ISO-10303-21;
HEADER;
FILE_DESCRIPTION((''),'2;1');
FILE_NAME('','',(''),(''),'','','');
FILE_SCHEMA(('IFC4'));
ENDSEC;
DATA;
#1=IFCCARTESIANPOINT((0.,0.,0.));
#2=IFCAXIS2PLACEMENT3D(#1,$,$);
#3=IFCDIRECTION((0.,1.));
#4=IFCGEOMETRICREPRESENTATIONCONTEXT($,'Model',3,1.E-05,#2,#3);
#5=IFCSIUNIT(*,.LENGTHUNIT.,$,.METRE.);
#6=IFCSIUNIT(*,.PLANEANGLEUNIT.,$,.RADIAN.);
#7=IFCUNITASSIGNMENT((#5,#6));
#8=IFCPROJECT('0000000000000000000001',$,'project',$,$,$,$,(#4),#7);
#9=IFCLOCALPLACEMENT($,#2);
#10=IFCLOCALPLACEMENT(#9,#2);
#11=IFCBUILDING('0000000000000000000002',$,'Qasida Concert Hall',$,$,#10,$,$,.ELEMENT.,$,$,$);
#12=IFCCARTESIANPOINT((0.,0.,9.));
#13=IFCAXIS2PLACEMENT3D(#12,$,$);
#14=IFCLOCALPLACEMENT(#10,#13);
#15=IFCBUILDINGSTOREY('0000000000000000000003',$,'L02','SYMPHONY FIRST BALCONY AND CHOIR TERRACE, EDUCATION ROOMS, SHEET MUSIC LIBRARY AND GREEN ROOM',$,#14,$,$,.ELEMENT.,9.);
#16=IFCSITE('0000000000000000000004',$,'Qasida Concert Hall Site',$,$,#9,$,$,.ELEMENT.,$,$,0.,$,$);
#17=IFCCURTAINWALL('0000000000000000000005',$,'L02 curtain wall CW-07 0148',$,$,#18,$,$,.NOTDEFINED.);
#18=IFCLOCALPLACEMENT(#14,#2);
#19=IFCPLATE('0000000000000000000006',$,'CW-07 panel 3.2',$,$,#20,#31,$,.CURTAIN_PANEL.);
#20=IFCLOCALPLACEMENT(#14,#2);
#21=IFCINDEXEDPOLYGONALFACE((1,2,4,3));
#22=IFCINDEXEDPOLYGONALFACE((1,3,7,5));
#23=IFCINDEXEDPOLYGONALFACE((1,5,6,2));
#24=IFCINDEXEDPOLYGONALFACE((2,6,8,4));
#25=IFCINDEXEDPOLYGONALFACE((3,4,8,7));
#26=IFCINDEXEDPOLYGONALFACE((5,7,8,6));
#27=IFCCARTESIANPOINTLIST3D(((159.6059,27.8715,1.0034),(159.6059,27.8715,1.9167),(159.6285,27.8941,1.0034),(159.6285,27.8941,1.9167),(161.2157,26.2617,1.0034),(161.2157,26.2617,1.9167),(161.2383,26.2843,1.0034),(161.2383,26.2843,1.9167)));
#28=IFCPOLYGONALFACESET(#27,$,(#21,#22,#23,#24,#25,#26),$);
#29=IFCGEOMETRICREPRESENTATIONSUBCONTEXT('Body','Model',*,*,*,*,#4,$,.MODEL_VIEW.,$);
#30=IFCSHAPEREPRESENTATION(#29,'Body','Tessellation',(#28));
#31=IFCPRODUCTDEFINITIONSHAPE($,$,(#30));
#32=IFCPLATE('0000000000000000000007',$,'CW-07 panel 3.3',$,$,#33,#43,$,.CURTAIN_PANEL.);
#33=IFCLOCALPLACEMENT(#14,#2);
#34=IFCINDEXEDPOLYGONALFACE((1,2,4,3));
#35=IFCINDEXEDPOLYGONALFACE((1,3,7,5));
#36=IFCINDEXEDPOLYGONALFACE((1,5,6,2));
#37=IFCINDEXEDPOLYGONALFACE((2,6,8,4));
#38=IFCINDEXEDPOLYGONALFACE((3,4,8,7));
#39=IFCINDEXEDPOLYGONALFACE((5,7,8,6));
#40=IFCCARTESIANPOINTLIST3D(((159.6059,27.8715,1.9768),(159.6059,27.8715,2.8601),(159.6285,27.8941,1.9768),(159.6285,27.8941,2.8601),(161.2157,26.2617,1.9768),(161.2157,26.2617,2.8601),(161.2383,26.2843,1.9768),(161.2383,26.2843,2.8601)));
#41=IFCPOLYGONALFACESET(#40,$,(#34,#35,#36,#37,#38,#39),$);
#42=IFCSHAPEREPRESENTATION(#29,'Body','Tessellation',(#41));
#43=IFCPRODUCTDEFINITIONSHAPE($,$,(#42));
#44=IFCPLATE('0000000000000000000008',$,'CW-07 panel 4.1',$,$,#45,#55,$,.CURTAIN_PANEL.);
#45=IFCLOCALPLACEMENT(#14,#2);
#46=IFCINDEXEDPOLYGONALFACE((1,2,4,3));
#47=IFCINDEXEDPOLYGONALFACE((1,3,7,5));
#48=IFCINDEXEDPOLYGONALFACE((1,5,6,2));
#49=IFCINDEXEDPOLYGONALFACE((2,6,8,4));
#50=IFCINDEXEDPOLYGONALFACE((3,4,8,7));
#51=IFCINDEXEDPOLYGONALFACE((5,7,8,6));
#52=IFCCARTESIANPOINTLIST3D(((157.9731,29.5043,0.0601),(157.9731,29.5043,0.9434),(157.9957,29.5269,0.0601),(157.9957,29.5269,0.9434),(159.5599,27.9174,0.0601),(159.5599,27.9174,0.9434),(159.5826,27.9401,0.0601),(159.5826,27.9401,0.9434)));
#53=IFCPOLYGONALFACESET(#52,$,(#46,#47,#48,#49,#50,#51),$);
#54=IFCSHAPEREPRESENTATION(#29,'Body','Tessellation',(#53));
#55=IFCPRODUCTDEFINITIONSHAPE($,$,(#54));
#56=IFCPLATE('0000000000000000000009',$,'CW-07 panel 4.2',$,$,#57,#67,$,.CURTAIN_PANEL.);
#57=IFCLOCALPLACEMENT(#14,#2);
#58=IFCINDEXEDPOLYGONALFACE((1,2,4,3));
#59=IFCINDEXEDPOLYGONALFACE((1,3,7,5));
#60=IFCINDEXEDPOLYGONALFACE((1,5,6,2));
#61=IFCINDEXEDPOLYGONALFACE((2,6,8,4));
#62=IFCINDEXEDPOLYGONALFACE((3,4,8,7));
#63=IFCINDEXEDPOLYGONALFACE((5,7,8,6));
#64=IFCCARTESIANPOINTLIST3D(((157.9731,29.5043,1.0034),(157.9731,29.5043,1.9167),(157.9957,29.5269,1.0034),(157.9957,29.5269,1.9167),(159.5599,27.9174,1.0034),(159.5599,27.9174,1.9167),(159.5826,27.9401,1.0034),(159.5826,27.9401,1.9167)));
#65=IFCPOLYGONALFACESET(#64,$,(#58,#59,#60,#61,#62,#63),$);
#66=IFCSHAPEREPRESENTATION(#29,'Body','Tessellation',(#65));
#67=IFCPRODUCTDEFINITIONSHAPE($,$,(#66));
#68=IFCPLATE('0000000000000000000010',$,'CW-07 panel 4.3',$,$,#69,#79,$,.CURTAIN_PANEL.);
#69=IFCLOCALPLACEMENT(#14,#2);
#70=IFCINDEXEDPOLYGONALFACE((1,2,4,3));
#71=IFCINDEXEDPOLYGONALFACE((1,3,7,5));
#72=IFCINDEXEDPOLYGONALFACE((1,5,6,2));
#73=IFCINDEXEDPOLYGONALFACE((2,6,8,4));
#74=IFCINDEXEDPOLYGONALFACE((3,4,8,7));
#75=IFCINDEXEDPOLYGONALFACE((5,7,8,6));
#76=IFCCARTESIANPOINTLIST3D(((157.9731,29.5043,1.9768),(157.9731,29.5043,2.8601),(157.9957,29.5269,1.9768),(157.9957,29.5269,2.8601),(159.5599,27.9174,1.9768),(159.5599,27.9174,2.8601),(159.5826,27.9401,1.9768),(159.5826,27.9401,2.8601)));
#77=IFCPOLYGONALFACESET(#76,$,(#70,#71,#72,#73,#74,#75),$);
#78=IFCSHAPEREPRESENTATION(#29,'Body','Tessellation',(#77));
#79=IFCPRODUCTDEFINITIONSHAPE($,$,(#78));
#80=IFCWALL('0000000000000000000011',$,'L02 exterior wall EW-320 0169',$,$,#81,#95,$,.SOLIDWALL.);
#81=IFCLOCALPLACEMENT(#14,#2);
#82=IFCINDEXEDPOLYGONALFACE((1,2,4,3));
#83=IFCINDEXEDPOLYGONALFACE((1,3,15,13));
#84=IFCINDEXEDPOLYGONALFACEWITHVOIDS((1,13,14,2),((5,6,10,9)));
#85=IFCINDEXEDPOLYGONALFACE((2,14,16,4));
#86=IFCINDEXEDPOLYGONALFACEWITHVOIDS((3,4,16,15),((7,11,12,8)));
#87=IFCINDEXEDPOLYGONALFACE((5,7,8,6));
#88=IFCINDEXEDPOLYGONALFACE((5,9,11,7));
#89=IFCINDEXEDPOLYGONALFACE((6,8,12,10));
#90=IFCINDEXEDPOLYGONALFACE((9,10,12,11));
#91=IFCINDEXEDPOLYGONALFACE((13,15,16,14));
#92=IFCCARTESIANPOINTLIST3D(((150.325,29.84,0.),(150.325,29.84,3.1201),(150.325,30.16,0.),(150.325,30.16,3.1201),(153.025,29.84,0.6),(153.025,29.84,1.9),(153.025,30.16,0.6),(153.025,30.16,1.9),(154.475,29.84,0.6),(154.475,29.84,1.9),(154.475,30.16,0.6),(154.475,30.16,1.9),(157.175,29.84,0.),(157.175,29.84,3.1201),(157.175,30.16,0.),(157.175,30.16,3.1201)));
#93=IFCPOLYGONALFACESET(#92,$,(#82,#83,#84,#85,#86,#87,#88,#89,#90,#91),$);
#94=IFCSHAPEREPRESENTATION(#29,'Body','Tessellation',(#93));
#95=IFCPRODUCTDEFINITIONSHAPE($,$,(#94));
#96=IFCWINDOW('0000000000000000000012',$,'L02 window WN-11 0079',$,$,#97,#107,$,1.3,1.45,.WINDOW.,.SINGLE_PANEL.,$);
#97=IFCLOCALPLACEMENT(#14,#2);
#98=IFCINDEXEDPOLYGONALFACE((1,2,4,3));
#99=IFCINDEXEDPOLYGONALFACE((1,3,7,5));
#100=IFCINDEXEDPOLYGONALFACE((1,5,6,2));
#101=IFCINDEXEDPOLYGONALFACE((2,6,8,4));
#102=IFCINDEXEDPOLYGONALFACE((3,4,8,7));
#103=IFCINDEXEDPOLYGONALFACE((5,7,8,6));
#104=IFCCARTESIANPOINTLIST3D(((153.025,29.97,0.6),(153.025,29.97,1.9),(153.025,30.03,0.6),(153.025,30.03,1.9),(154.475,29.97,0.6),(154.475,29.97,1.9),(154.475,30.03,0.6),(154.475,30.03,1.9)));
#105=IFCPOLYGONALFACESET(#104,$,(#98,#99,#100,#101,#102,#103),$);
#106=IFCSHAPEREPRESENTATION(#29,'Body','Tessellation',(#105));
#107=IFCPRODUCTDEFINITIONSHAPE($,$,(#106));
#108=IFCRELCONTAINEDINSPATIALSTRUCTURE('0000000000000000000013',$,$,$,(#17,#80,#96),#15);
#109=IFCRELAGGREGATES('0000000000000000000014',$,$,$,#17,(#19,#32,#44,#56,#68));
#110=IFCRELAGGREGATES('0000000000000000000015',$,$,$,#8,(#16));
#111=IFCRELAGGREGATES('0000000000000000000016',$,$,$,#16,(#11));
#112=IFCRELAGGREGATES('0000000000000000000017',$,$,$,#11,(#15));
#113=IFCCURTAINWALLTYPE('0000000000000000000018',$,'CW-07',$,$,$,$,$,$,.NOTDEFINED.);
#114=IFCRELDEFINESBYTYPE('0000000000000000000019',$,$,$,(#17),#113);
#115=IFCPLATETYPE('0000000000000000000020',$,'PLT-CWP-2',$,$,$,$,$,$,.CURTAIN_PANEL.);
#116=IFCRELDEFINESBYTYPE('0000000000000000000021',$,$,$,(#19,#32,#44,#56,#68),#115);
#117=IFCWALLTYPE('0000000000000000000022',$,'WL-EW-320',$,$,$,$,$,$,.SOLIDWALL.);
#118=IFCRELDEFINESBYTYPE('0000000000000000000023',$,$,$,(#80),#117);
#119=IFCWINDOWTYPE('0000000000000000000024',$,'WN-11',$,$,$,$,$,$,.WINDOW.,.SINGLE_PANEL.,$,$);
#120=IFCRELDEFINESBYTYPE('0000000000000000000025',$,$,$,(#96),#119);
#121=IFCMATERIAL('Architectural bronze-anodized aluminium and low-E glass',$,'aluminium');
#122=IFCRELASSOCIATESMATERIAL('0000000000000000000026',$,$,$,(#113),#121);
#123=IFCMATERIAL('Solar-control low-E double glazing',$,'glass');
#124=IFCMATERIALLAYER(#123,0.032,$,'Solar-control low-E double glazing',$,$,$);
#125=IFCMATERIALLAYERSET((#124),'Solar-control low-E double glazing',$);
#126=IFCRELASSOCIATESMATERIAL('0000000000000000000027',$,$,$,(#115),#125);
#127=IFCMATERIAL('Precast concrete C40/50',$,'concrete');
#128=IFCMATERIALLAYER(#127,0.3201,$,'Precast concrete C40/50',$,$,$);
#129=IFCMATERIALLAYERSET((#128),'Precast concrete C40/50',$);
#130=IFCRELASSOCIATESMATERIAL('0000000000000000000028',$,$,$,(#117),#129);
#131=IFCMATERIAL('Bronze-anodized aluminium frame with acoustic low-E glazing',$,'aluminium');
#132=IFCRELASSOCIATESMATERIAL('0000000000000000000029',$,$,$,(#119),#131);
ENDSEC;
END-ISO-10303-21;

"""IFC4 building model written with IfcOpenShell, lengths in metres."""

from ifc_helpers import new_model, si_unit, direction, frame, frame_2d, origin, origin_2d, place, context, subcontext, project, spatial, rectangle, extrude, material, layer, layer_set, type_object, element, fill, aggregate, save


model = new_model("IFC4")

# Units and contexts
model_context = context("Model", 3, precision=1e-05, world=origin(), true_north=direction((0.0, 1.0)))
body_context = subcontext(model_context, "Body", "Model", "MODEL_VIEW")
ifc_project = project(units=[si_unit("LENGTHUNIT", "METRE"), si_unit("PLANEANGLEUNIT", "RADIAN")], contexts=[model_context])

# Site, building, storey
site_placement = place(None, origin())
site = spatial("IfcSite", under=ifc_project, at=site_placement, Name="Qasida Concert Hall Site", CompositionType="ELEMENT", RefElevation=0.0)
building_placement = place(site_placement, origin())
building = spatial("IfcBuilding", under=site, at=building_placement, Name="Qasida Concert Hall", CompositionType="ELEMENT")
storey_placement = place(building_placement, frame((0.0, 0.0, 9.0)))
storey = spatial("IfcBuildingStorey", under=building, at=storey_placement, Name="L02", Description="SYMPHONY FIRST BALCONY AND CHOIR TERRACE, EDUCATION ROOMS, SHEET MUSIC LIBRARY AND GREEN ROOM", CompositionType="ELEMENT", Elevation=9.0)

# Curtain wall, plates
ifc_material_1 = material(Name="Architectural bronze-anodized aluminium and low-E glass", Category="aluminium")
curtain_wall_type = type_object("IfcCurtainWallType", Name="CW-07", PredefinedType="NOTDEFINED", material=ifc_material_1)
curtain_wall_placement = place(storey_placement, origin())
curtain_wall = element("IfcCurtainWall", 1, at=curtain_wall_placement, inside=storey, type_object=curtain_wall_type, Name="L02 curtain wall CW-07 0148", PredefinedType="NOTDEFINED")
ifc_material_2 = material(Name="Solar-control low-E double glazing", Category="glass")
ifc_layer_1 = layer(ifc_material_2, 0.032, Name="Solar-control low-E double glazing")
ifc_layer_set_1 = layer_set([ifc_layer_1], Name="Solar-control low-E double glazing")
plate_type = type_object("IfcPlateType", Name="PLT-CWP-2", PredefinedType="CURTAIN_PANEL", material=ifc_layer_set_1)
plate_1_placement = place(storey_placement, frame((160.4221, 27.0779, 1.0034), z_axis=(0.0, 0.0, 1.0), x_axis=(-0.707107, 0.707107, 0.0)))
plate_1 = element("IfcPlate", 2, at=plate_1_placement, type_object=plate_type, Name="CW-07 panel 3.2", PredefinedType="CURTAIN_PANEL", context=body_context, shape_type="SweptSolid", body=[
    extrude(rectangle(XDim=2.2766, YDim=0.032, at=origin_2d()), origin(), (0.0, 0.0, 1.0), 0.9133),
])
plate_2_placement = place(storey_placement, frame((160.4221, 27.0779, 1.9768), z_axis=(0.0, 0.0, 1.0), x_axis=(-0.707107, 0.707107, 0.0)))
plate_2 = element("IfcPlate", 3, at=plate_2_placement, type_object=plate_type, Name="CW-07 panel 3.3", PredefinedType="CURTAIN_PANEL", context=body_context, shape_type="SweptSolid", body=[
    extrude(rectangle(XDim=2.2766, YDim=0.032, at=origin_2d()), origin(), (0.0, 0.0, 1.0), 0.8833),
])
plate_3_placement = place(storey_placement, frame((158.7778, 28.7222, 0.0601), z_axis=(0.0, 0.0, 1.0), x_axis=(-0.707107, 0.707107, 0.0)))
plate_3 = element("IfcPlate", 4, at=plate_3_placement, type_object=plate_type, Name="CW-07 panel 4.1", PredefinedType="CURTAIN_PANEL", context=body_context, shape_type="SweptSolid", body=[
    extrude(rectangle(XDim=2.2441, YDim=0.032, at=origin_2d()), origin(), (0.0, 0.0, 1.0), 0.8833),
])
plate_4_placement = place(storey_placement, frame((158.7778, 28.7222, 1.0034), z_axis=(0.0, 0.0, 1.0), x_axis=(-0.707107, 0.707107, 0.0)))
plate_4 = element("IfcPlate", 5, at=plate_4_placement, type_object=plate_type, Name="CW-07 panel 4.2", PredefinedType="CURTAIN_PANEL", context=body_context, shape_type="SweptSolid", body=[
    extrude(rectangle(XDim=2.2441, YDim=0.032, at=origin_2d()), origin(), (0.0, 0.0, 1.0), 0.9133),
])
plate_5_placement = place(storey_placement, frame((158.7778, 28.7222, 1.9768), z_axis=(0.0, 0.0, 1.0), x_axis=(-0.707107, 0.707107, 0.0)))
plate_5 = element("IfcPlate", 6, at=plate_5_placement, type_object=plate_type, Name="CW-07 panel 4.3", PredefinedType="CURTAIN_PANEL", context=body_context, shape_type="SweptSolid", body=[
    extrude(rectangle(XDim=2.2441, YDim=0.032, at=origin_2d()), origin(), (0.0, 0.0, 1.0), 0.8833),
])
aggregate(curtain_wall, [plate_1, plate_2, plate_3, plate_4, plate_5])

# Wall, opening, window
ifc_material_3 = material(Name="Precast concrete C40/50", Category="concrete")
ifc_layer_2 = layer(ifc_material_3, 0.3201, Name="Precast concrete C40/50")
ifc_layer_set_2 = layer_set([ifc_layer_2], Name="Precast concrete C40/50")
wall_type = type_object("IfcWallType", Name="WL-EW-320", PredefinedType="SOLIDWALL", material=ifc_layer_set_2)
wall_placement = place(storey_placement, frame((157.175, 30.0, 0.0), z_axis=(0.0, 0.0, 1.0), x_axis=(-1.0, 0.0, 0.0)))
wall = element("IfcWall", 7, at=wall_placement, inside=storey, type_object=wall_type, Name="L02 exterior wall EW-320 0169", PredefinedType="SOLIDWALL", context=body_context, shape_type="SweptSolid", body=[
    extrude(rectangle(XDim=6.8501, YDim=0.3201, at=frame_2d((3.425, 0.0))), origin(), (0.0, 0.0, 1.0), 3.1201),
])
opening_placement = place(wall_placement, frame((2.7, 0.0, 0.6001)))
opening = element("IfcOpeningElement", 8, at=opening_placement, cuts=wall, PredefinedType="OPENING", context=body_context, shape_type="SweptSolid", body=[
    extrude(rectangle(XDim=1.45, YDim=1.3, at=frame_2d((0.7251, 0.6499))), frame((0.0, 0.1699, 0.0), z_axis=(0.0, -1.0, 0.0), x_axis=(1.0, 0.0, 0.0)), (0.0, 0.0, 1.0), 0.3401),
])
ifc_material_4 = material(Name="Bronze-anodized aluminium frame with acoustic low-E glazing", Category="aluminium")
window_type = type_object("IfcWindowType", Name="WN-11", PartitioningType="SINGLE_PANEL", PredefinedType="WINDOW", material=ifc_material_4)
window_placement = place(opening_placement, origin())
window = element("IfcWindow", 9, at=window_placement, inside=storey, type_object=window_type, Name="L02 window WN-11 0079", OverallHeight=1.3, OverallWidth=1.45, PartitioningType="SINGLE_PANEL", PredefinedType="WINDOW", context=body_context, shape_type="SweptSolid", body=[
    extrude(rectangle(XDim=1.45, YDim=1.3, at=frame_2d((0.7251, 0.6499))), frame((0.0, 0.03, 0.0), z_axis=(0.0, -1.0, 0.0), x_axis=(1.0, 0.0, 0.0)), (0.0, 0.0, 1.0), 0.0601),
])
fill(opening, window)

save(model, "model.ifc")
